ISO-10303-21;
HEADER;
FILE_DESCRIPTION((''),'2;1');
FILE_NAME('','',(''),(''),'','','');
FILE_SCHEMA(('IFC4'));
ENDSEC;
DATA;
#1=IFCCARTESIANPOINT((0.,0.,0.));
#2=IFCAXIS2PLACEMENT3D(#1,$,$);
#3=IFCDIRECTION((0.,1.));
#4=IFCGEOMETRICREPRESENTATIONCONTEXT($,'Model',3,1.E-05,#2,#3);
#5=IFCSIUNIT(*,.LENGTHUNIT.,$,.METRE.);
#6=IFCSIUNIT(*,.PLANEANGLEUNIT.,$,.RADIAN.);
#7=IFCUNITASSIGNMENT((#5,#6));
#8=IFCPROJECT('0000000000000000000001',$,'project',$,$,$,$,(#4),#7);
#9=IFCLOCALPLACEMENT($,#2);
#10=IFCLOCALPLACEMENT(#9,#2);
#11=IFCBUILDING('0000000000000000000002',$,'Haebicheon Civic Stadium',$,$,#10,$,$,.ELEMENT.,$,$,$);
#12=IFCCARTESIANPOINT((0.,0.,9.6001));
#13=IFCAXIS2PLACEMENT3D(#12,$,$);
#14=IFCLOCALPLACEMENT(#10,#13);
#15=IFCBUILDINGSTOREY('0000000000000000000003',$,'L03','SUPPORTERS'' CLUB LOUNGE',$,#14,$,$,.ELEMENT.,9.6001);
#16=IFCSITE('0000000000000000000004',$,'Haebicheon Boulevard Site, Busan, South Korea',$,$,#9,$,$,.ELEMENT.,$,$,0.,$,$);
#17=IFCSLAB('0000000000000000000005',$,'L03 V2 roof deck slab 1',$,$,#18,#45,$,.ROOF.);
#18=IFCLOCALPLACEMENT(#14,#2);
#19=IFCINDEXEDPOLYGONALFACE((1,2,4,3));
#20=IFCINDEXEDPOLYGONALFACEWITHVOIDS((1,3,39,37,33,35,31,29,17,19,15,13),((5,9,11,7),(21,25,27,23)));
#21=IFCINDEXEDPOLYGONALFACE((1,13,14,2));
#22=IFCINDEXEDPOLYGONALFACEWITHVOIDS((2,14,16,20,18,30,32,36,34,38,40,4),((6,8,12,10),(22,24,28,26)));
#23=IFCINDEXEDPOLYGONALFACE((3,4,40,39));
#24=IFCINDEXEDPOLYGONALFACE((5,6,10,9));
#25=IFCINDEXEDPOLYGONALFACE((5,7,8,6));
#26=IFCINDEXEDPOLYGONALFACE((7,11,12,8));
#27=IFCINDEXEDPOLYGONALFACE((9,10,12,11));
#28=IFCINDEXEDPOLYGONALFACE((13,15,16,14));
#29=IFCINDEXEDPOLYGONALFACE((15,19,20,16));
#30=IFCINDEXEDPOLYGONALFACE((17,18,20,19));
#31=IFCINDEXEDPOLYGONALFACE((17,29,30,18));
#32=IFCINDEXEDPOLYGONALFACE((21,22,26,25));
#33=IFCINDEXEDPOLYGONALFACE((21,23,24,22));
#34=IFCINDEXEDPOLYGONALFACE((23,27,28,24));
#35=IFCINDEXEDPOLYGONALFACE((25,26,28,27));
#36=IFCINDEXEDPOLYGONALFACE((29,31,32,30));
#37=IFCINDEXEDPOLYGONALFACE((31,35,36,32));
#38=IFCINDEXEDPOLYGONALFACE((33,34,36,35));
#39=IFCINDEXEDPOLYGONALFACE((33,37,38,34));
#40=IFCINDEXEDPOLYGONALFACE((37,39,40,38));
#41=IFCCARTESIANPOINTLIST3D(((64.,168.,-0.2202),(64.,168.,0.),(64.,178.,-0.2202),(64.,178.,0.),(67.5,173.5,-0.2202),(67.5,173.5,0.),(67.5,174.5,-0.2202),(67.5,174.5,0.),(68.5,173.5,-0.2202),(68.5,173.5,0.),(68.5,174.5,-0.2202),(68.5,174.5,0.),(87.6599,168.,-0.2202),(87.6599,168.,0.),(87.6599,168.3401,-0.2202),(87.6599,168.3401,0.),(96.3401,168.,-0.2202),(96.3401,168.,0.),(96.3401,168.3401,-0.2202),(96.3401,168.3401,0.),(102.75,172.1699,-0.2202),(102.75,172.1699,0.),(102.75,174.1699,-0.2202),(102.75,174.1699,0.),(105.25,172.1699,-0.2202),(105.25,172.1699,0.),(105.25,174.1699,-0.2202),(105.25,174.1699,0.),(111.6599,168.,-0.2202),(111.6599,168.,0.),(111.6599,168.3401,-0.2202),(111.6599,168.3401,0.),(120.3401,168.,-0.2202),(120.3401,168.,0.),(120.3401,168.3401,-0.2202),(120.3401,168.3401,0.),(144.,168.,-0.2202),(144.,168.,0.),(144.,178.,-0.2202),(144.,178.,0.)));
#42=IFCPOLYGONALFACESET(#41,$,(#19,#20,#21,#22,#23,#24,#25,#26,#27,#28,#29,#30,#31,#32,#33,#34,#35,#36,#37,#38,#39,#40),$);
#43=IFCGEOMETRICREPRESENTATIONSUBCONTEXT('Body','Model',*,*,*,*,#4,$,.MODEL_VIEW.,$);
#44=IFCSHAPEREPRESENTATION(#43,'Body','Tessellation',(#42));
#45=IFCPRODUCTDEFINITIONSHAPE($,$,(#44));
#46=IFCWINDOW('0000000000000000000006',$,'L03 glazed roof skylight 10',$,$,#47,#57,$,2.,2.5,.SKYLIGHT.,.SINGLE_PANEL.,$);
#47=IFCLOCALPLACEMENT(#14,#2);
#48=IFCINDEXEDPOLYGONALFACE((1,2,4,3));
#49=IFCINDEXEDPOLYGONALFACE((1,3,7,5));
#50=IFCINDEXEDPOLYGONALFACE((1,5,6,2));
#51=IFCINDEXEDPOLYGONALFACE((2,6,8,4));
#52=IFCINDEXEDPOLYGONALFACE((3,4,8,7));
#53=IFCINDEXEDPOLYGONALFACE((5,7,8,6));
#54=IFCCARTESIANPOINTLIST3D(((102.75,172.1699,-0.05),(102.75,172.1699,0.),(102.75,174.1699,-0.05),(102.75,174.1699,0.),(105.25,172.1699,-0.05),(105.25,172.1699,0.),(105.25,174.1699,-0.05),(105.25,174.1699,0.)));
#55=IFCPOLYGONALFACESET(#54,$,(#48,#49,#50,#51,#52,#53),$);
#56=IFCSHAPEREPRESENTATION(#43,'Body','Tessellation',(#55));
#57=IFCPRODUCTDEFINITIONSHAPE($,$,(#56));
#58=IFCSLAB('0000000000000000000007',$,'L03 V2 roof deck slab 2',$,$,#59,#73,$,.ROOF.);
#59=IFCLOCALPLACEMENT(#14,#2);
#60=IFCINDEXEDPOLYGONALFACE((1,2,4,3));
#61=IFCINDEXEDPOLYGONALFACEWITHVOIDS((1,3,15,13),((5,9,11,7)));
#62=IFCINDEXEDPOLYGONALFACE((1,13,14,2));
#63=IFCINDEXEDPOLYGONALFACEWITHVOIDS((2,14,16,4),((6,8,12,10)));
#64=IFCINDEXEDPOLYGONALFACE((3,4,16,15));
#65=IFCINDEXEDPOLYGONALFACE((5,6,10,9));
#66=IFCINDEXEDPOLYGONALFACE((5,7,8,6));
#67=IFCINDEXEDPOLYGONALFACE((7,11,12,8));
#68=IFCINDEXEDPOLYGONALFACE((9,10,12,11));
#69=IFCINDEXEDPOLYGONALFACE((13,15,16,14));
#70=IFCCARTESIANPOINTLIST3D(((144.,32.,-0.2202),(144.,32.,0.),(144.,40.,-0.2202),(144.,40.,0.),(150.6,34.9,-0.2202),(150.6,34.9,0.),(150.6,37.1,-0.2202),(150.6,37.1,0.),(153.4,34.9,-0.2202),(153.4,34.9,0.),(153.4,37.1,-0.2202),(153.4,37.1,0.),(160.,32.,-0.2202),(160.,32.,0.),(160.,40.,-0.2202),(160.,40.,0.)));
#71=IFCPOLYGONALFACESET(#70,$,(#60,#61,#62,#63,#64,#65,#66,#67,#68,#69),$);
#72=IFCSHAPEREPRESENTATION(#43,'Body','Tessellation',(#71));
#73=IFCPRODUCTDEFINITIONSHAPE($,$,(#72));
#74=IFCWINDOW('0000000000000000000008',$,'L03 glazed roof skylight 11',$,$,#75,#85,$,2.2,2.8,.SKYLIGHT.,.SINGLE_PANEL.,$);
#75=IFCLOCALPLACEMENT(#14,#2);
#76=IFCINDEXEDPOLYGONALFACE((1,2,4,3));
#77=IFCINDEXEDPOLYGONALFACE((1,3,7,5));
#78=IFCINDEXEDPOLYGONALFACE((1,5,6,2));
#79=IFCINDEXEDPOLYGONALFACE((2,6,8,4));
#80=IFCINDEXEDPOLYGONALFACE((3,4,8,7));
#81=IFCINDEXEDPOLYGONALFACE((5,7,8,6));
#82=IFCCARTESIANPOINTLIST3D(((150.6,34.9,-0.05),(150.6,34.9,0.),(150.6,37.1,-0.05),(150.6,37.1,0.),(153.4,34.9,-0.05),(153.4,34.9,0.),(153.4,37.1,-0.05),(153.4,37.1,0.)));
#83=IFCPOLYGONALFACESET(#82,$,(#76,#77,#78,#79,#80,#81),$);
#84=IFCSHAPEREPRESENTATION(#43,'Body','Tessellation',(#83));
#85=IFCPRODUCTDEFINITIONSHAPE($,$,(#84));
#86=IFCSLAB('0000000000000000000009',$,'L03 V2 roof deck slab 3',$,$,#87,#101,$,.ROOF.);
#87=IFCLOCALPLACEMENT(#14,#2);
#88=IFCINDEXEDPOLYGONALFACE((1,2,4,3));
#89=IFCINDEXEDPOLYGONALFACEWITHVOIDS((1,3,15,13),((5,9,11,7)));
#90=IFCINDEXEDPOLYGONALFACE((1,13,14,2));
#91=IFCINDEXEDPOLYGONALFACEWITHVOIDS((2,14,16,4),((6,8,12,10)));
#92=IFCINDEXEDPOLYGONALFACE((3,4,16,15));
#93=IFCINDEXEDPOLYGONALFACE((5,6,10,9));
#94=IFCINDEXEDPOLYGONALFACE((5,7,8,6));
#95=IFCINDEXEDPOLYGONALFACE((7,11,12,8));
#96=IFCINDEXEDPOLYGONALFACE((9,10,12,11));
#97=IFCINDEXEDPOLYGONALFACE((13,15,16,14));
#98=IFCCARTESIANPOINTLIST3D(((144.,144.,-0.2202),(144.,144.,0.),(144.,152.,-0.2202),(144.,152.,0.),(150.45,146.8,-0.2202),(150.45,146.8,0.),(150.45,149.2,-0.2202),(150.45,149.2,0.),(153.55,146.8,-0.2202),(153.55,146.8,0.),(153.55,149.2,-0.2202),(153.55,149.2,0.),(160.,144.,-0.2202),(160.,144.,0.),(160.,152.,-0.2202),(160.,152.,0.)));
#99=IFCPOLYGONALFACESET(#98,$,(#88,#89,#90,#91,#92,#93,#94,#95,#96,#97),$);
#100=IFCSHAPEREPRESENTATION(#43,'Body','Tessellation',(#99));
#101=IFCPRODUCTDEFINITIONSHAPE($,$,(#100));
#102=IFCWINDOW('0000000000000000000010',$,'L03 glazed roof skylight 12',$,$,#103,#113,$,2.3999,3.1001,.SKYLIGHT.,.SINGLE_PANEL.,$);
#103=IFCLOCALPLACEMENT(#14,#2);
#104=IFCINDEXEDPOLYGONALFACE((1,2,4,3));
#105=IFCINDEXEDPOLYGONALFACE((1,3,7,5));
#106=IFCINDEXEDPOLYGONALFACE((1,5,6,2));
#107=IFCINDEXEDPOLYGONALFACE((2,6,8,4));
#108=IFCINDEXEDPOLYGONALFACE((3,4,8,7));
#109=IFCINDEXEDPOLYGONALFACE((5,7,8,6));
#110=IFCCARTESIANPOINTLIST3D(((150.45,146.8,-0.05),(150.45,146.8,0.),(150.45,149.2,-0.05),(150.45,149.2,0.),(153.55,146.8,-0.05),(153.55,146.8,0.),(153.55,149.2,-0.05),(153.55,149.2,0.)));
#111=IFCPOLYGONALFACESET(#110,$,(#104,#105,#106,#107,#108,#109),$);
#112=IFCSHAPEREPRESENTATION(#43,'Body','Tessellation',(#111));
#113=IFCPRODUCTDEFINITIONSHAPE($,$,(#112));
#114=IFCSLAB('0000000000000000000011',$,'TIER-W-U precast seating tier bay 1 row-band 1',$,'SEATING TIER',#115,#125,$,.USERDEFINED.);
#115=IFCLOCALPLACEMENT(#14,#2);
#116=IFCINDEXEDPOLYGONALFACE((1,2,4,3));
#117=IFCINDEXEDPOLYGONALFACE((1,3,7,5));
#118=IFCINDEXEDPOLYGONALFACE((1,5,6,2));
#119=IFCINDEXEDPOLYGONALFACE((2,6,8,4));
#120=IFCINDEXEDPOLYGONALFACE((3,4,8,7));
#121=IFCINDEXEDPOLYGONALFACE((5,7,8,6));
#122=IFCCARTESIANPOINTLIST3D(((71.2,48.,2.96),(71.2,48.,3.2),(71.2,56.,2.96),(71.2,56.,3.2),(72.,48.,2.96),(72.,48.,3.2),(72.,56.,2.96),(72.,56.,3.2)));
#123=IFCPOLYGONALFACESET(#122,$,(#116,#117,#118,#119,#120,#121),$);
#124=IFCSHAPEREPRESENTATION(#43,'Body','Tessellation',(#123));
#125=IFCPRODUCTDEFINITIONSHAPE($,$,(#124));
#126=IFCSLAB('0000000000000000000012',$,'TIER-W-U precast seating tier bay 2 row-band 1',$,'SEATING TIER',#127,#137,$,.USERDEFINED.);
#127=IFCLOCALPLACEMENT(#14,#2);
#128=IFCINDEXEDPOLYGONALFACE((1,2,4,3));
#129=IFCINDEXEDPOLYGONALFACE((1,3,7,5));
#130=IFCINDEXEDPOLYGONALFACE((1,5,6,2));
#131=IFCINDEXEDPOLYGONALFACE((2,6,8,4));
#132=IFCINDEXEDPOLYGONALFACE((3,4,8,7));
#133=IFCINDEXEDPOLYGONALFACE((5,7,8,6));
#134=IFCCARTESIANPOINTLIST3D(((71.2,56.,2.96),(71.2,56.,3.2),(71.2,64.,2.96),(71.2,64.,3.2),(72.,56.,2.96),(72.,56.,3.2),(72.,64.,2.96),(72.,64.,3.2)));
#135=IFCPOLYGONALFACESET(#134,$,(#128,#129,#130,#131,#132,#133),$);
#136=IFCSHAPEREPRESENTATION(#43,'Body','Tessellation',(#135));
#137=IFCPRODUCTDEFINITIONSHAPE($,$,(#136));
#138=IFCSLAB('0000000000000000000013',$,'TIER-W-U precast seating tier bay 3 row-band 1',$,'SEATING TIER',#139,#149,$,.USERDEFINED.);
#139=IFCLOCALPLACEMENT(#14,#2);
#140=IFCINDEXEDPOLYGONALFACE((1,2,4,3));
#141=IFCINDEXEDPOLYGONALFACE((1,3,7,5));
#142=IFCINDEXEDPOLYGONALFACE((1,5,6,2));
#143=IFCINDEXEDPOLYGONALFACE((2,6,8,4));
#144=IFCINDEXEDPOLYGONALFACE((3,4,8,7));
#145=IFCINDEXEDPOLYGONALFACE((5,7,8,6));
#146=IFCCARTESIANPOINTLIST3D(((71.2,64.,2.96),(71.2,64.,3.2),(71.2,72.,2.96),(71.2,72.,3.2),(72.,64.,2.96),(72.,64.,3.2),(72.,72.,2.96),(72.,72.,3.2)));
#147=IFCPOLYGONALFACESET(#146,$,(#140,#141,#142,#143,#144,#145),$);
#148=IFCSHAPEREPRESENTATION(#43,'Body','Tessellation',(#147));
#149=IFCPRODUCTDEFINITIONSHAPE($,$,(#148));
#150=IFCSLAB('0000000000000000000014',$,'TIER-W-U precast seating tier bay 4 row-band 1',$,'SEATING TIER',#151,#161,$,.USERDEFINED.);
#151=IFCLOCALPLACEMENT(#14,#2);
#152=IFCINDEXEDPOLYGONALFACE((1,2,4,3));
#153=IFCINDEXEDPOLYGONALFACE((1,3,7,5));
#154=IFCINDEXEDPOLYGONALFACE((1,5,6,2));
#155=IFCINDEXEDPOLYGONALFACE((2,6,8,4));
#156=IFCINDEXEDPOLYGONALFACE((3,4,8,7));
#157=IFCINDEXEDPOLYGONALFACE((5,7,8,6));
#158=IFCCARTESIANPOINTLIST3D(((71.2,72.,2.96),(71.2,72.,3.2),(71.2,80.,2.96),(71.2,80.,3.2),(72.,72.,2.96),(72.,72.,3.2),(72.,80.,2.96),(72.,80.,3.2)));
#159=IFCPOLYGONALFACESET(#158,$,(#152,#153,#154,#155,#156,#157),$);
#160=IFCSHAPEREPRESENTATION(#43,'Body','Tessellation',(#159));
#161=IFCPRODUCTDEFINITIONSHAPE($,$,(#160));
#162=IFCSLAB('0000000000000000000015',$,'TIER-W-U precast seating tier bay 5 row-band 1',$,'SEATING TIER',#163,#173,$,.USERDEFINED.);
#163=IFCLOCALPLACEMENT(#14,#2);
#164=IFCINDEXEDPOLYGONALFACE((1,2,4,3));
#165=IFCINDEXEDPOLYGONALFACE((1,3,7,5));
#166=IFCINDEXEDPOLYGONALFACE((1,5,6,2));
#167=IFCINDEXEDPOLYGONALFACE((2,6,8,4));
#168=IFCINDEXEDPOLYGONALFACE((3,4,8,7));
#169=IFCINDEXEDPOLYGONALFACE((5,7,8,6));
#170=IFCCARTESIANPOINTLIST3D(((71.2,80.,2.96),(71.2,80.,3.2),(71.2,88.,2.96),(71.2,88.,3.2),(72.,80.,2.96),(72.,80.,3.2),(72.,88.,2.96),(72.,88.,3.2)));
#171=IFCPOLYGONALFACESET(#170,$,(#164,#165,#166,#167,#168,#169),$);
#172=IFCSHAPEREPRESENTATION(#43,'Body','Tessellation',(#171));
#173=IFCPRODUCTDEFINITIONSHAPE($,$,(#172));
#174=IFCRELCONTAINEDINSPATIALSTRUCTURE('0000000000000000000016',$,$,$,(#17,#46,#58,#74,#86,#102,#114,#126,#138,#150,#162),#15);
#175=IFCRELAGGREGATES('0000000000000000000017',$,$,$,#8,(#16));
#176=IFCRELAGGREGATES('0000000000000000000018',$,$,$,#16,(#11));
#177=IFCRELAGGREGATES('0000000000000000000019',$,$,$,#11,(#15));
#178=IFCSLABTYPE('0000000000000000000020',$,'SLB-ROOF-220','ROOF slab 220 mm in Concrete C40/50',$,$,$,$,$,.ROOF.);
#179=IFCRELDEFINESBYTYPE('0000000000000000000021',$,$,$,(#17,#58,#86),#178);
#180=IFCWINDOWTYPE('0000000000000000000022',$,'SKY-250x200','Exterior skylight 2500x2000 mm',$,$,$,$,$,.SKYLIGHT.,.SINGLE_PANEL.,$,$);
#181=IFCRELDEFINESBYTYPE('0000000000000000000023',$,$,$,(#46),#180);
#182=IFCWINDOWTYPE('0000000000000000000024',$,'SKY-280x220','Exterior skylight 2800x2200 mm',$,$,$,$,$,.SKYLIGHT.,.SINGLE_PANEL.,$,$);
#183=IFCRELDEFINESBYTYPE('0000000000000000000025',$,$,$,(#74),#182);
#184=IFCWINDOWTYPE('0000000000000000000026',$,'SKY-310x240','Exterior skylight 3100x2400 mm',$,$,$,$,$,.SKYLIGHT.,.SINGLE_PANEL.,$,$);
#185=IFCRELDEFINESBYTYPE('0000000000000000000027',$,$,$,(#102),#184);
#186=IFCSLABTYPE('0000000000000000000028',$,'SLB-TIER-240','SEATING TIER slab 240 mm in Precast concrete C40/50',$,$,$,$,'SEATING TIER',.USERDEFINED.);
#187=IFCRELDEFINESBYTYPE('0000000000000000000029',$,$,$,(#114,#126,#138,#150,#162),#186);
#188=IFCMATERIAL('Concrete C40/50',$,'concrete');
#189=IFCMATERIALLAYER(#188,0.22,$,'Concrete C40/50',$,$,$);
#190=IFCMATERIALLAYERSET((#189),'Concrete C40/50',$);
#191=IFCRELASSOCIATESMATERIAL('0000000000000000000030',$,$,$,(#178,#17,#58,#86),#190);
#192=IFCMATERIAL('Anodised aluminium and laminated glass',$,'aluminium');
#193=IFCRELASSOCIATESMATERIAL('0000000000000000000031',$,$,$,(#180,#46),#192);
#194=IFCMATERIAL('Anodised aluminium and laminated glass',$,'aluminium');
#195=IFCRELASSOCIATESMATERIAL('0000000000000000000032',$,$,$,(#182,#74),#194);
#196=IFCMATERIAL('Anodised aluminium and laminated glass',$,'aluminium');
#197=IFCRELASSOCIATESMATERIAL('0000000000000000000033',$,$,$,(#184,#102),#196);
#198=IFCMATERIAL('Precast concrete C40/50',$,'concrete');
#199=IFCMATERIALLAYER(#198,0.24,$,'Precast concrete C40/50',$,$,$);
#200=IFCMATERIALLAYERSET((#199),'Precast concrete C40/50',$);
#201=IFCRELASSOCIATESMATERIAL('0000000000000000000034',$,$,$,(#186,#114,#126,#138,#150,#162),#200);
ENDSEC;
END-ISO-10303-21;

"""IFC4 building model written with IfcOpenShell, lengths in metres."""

from ifc_helpers import new_model, si_unit, direction, frame, origin, origin_2d, place, context, subcontext, project, spatial, polyline, rectangle, outline, extrude, material, layer, layer_set, type_object, element, fill, save


model = new_model("IFC4")

# Units and contexts
model_context = context("Model", 3, precision=1e-05, world=origin(), true_north=direction((0.0, 1.0)))
body_context = subcontext(model_context, "Body", "Model", "MODEL_VIEW")
ifc_project = project(units=[si_unit("LENGTHUNIT", "METRE"), si_unit("PLANEANGLEUNIT", "RADIAN")], contexts=[model_context])

# Site, building, storey
site_placement = place(None, origin())
site = spatial("IfcSite", under=ifc_project, at=site_placement, Name="Haebicheon Boulevard Site, Busan, South Korea", CompositionType="ELEMENT", RefElevation=0.0)
building_placement = place(site_placement, origin())
building = spatial("IfcBuilding", under=site, at=building_placement, Name="Haebicheon Civic Stadium", CompositionType="ELEMENT")
storey_placement = place(building_placement, frame((0.0, 0.0, 9.6001)))
storey = spatial("IfcBuildingStorey", under=building, at=storey_placement, Name="L03", Description="SUPPORTERS' CLUB LOUNGE", CompositionType="ELEMENT", Elevation=9.6001)

# Slabs, openings, windows
ifc_material_1 = material(Name="Concrete C40/50", Category="concrete")
ifc_layer_1 = layer(ifc_material_1, 0.22, Name="Concrete C40/50")
ifc_layer_set_1 = layer_set([ifc_layer_1], Name="Concrete C40/50")
slab_type_1 = type_object("IfcSlabType", Name="SLB-ROOF-220", Description="ROOF slab 220 mm in Concrete C40/50", PredefinedType="ROOF", material=ifc_layer_set_1)
slab_1_placement = place(storey_placement, frame((0.0, 0.0, -0.2202)))
slab_1 = element("IfcSlab", 1, at=slab_1_placement, inside=storey, type_object=slab_type_1, material=ifc_layer_set_1, Name="L03 V2 roof deck slab 1", PredefinedType="ROOF", context=body_context, shape_type="SweptSolid", body=[
    extrude(outline(polyline([(64.0, 178.0), (144.0, 178.0), (144.0, 168.0), (120.3401, 168.0), (120.3401, 168.3401), (111.6599, 168.3401), (111.6599, 168.0), (96.3401, 168.0), (96.3401, 168.3401), (87.6599, 168.3401), (87.6599, 168.0), (64.0, 168.0), (64.0, 178.0)]), holes=[polyline([(67.5, 173.5), (68.5, 173.5), (68.5, 174.5), (67.5, 174.5), (67.5, 173.5)])]), origin(), (0.0, 0.0, 1.0), 0.2202),
])
opening_1_placement = place(slab_1_placement, frame((104.0, 173.1699, -0.01)))
opening_1 = element("IfcOpeningElement", 2, at=opening_1_placement, cuts=slab_1, PredefinedType="OPENING", context=body_context, shape_type="SweptSolid", body=[
    extrude(rectangle(XDim=2.5, YDim=2.0, at=origin_2d()), origin(), (0.0, 0.0, 1.0), 0.2402),
])
ifc_material_2 = material(Name="Anodised aluminium and laminated glass", Category="aluminium")
window_type_1 = type_object("IfcWindowType", Name="SKY-250x200", Description="Exterior skylight 2500x2000 mm", PartitioningType="SINGLE_PANEL", PredefinedType="SKYLIGHT", material=ifc_material_2)
window_1_placement = place(slab_1_placement, frame((104.0, 173.1699, 0.1702)))
window_1 = element("IfcWindow", 3, at=window_1_placement, inside=storey, type_object=window_type_1, material=ifc_material_2, Name="L03 glazed roof skylight 10", OverallHeight=2.0, OverallWidth=2.5, PartitioningType="SINGLE_PANEL", PredefinedType="SKYLIGHT", context=body_context, shape_type="SweptSolid", body=[
    extrude(rectangle(XDim=2.5, YDim=2.0, at=origin_2d()), origin(), (0.0, 0.0, 1.0), 0.05),
])
fill(opening_1, window_1)
slab_2_placement = place(storey_placement, frame((0.0, 0.0, -0.2202)))
slab_2 = element("IfcSlab", 4, at=slab_2_placement, inside=storey, type_object=slab_type_1, material=ifc_layer_set_1, Name="L03 V2 roof deck slab 2", PredefinedType="ROOF", context=body_context, shape_type="SweptSolid", body=[
    extrude(outline(polyline([(160.0, 40.0), (160.0, 32.0), (144.0, 32.0), (144.0, 40.0), (160.0, 40.0)])), origin(), (0.0, 0.0, 1.0), 0.2202),
])
opening_2_placement = place(slab_2_placement, frame((152.0, 36.0, -0.01)))
opening_2 = element("IfcOpeningElement", 5, at=opening_2_placement, cuts=slab_2, PredefinedType="OPENING", context=body_context, shape_type="SweptSolid", body=[
    extrude(rectangle(XDim=2.8, YDim=2.2, at=origin_2d()), origin(), (0.0, 0.0, 1.0), 0.2402),
])
ifc_material_3 = material(Name="Anodised aluminium and laminated glass", Category="aluminium")
window_type_2 = type_object("IfcWindowType", Name="SKY-280x220", Description="Exterior skylight 2800x2200 mm", PartitioningType="SINGLE_PANEL", PredefinedType="SKYLIGHT", material=ifc_material_3)
window_2_placement = place(slab_2_placement, frame((152.0, 36.0, 0.1702)))
window_2 = element("IfcWindow", 6, at=window_2_placement, inside=storey, type_object=window_type_2, material=ifc_material_3, Name="L03 glazed roof skylight 11", OverallHeight=2.2, OverallWidth=2.8, PartitioningType="SINGLE_PANEL", PredefinedType="SKYLIGHT", context=body_context, shape_type="SweptSolid", body=[
    extrude(rectangle(XDim=2.8, YDim=2.2, at=origin_2d()), origin(), (0.0, 0.0, 1.0), 0.05),
])
fill(opening_2, window_2)
slab_3_placement = place(storey_placement, frame((0.0, 0.0, -0.2202)))
slab_3 = element("IfcSlab", 7, at=slab_3_placement, inside=storey, type_object=slab_type_1, material=ifc_layer_set_1, Name="L03 V2 roof deck slab 3", PredefinedType="ROOF", context=body_context, shape_type="SweptSolid", body=[
    extrude(outline(polyline([(160.0, 144.0), (144.0, 144.0), (144.0, 152.0), (160.0, 152.0), (160.0, 144.0)])), origin(), (0.0, 0.0, 1.0), 0.2202),
])
opening_3_placement = place(slab_3_placement, frame((152.0, 148.0, -0.01)))
opening_3 = element("IfcOpeningElement", 8, at=opening_3_placement, cuts=slab_3, PredefinedType="OPENING", context=body_context, shape_type="SweptSolid", body=[
    extrude(rectangle(XDim=3.1001, YDim=2.3999, at=origin_2d()), origin(), (0.0, 0.0, 1.0), 0.2402),
])
ifc_material_4 = material(Name="Anodised aluminium and laminated glass", Category="aluminium")
window_type_3 = type_object("IfcWindowType", Name="SKY-310x240", Description="Exterior skylight 3100x2400 mm", PartitioningType="SINGLE_PANEL", PredefinedType="SKYLIGHT", material=ifc_material_4)
window_3_placement = place(slab_3_placement, frame((152.0, 148.0, 0.1702)))
window_3 = element("IfcWindow", 9, at=window_3_placement, inside=storey, type_object=window_type_3, material=ifc_material_4, Name="L03 glazed roof skylight 12", OverallHeight=2.3999, OverallWidth=3.1001, PartitioningType="SINGLE_PANEL", PredefinedType="SKYLIGHT", context=body_context, shape_type="SweptSolid", body=[
    extrude(rectangle(XDim=3.1001, YDim=2.3999, at=origin_2d()), origin(), (0.0, 0.0, 1.0), 0.05),
])
fill(opening_3, window_3)

# Slabs
ifc_material_5 = material(Name="Precast concrete C40/50", Category="concrete")
ifc_layer_2 = layer(ifc_material_5, 0.24, Name="Precast concrete C40/50")
ifc_layer_set_2 = layer_set([ifc_layer_2], Name="Precast concrete C40/50")
slab_type_2 = type_object("IfcSlabType", Name="SLB-TIER-240", Description="SEATING TIER slab 240 mm in Precast concrete C40/50", ElementType="SEATING TIER", PredefinedType="USERDEFINED", material=ifc_layer_set_2)
slab_4_placement = place(storey_placement, frame((0.0, 0.0, 2.96)))
element("IfcSlab", 10, at=slab_4_placement, inside=storey, type_object=slab_type_2, material=ifc_layer_set_2, Name="TIER-W-U precast seating tier bay 1 row-band 1", ObjectType="SEATING TIER", PredefinedType="USERDEFINED", context=body_context, shape_type="SweptSolid", body=[
    extrude(outline(polyline([(71.2, 48.0), (72.0, 48.0), (72.0, 56.0), (71.2, 56.0), (71.2, 48.0)])), origin(), (0.0, 0.0, 1.0), 0.24),
])
slab_5_placement = place(storey_placement, frame((0.0, 0.0, 2.96)))
element("IfcSlab", 11, at=slab_5_placement, inside=storey, type_object=slab_type_2, material=ifc_layer_set_2, Name="TIER-W-U precast seating tier bay 2 row-band 1", ObjectType="SEATING TIER", PredefinedType="USERDEFINED", context=body_context, shape_type="SweptSolid", body=[
    extrude(outline(polyline([(71.2, 56.0), (72.0, 56.0), (72.0, 64.0), (71.2, 64.0), (71.2, 56.0)])), origin(), (0.0, 0.0, 1.0), 0.24),
])
slab_6_placement = place(storey_placement, frame((0.0, 0.0, 2.96)))
element("IfcSlab", 12, at=slab_6_placement, inside=storey, type_object=slab_type_2, material=ifc_layer_set_2, Name="TIER-W-U precast seating tier bay 3 row-band 1", ObjectType="SEATING TIER", PredefinedType="USERDEFINED", context=body_context, shape_type="SweptSolid", body=[
    extrude(outline(polyline([(71.2, 64.0), (72.0, 64.0), (72.0, 72.0), (71.2, 72.0), (71.2, 64.0)])), origin(), (0.0, 0.0, 1.0), 0.24),
])
slab_7_placement = place(storey_placement, frame((0.0, 0.0, 2.96)))
element("IfcSlab", 13, at=slab_7_placement, inside=storey, type_object=slab_type_2, material=ifc_layer_set_2, Name="TIER-W-U precast seating tier bay 4 row-band 1", ObjectType="SEATING TIER", PredefinedType="USERDEFINED", context=body_context, shape_type="SweptSolid", body=[
    extrude(outline(polyline([(71.2, 72.0), (72.0, 72.0), (72.0, 80.0), (71.2, 80.0), (71.2, 72.0)])), origin(), (0.0, 0.0, 1.0), 0.24),
])
slab_8_placement = place(storey_placement, frame((0.0, 0.0, 2.96)))
element("IfcSlab", 14, at=slab_8_placement, inside=storey, type_object=slab_type_2, material=ifc_layer_set_2, Name="TIER-W-U precast seating tier bay 5 row-band 1", ObjectType="SEATING TIER", PredefinedType="USERDEFINED", context=body_context, shape_type="SweptSolid", body=[
    extrude(outline(polyline([(71.2, 80.0), (72.0, 80.0), (72.0, 88.0), (71.2, 88.0), (71.2, 80.0)])), origin(), (0.0, 0.0, 1.0), 0.24),
])

save(model, "model.ifc")
